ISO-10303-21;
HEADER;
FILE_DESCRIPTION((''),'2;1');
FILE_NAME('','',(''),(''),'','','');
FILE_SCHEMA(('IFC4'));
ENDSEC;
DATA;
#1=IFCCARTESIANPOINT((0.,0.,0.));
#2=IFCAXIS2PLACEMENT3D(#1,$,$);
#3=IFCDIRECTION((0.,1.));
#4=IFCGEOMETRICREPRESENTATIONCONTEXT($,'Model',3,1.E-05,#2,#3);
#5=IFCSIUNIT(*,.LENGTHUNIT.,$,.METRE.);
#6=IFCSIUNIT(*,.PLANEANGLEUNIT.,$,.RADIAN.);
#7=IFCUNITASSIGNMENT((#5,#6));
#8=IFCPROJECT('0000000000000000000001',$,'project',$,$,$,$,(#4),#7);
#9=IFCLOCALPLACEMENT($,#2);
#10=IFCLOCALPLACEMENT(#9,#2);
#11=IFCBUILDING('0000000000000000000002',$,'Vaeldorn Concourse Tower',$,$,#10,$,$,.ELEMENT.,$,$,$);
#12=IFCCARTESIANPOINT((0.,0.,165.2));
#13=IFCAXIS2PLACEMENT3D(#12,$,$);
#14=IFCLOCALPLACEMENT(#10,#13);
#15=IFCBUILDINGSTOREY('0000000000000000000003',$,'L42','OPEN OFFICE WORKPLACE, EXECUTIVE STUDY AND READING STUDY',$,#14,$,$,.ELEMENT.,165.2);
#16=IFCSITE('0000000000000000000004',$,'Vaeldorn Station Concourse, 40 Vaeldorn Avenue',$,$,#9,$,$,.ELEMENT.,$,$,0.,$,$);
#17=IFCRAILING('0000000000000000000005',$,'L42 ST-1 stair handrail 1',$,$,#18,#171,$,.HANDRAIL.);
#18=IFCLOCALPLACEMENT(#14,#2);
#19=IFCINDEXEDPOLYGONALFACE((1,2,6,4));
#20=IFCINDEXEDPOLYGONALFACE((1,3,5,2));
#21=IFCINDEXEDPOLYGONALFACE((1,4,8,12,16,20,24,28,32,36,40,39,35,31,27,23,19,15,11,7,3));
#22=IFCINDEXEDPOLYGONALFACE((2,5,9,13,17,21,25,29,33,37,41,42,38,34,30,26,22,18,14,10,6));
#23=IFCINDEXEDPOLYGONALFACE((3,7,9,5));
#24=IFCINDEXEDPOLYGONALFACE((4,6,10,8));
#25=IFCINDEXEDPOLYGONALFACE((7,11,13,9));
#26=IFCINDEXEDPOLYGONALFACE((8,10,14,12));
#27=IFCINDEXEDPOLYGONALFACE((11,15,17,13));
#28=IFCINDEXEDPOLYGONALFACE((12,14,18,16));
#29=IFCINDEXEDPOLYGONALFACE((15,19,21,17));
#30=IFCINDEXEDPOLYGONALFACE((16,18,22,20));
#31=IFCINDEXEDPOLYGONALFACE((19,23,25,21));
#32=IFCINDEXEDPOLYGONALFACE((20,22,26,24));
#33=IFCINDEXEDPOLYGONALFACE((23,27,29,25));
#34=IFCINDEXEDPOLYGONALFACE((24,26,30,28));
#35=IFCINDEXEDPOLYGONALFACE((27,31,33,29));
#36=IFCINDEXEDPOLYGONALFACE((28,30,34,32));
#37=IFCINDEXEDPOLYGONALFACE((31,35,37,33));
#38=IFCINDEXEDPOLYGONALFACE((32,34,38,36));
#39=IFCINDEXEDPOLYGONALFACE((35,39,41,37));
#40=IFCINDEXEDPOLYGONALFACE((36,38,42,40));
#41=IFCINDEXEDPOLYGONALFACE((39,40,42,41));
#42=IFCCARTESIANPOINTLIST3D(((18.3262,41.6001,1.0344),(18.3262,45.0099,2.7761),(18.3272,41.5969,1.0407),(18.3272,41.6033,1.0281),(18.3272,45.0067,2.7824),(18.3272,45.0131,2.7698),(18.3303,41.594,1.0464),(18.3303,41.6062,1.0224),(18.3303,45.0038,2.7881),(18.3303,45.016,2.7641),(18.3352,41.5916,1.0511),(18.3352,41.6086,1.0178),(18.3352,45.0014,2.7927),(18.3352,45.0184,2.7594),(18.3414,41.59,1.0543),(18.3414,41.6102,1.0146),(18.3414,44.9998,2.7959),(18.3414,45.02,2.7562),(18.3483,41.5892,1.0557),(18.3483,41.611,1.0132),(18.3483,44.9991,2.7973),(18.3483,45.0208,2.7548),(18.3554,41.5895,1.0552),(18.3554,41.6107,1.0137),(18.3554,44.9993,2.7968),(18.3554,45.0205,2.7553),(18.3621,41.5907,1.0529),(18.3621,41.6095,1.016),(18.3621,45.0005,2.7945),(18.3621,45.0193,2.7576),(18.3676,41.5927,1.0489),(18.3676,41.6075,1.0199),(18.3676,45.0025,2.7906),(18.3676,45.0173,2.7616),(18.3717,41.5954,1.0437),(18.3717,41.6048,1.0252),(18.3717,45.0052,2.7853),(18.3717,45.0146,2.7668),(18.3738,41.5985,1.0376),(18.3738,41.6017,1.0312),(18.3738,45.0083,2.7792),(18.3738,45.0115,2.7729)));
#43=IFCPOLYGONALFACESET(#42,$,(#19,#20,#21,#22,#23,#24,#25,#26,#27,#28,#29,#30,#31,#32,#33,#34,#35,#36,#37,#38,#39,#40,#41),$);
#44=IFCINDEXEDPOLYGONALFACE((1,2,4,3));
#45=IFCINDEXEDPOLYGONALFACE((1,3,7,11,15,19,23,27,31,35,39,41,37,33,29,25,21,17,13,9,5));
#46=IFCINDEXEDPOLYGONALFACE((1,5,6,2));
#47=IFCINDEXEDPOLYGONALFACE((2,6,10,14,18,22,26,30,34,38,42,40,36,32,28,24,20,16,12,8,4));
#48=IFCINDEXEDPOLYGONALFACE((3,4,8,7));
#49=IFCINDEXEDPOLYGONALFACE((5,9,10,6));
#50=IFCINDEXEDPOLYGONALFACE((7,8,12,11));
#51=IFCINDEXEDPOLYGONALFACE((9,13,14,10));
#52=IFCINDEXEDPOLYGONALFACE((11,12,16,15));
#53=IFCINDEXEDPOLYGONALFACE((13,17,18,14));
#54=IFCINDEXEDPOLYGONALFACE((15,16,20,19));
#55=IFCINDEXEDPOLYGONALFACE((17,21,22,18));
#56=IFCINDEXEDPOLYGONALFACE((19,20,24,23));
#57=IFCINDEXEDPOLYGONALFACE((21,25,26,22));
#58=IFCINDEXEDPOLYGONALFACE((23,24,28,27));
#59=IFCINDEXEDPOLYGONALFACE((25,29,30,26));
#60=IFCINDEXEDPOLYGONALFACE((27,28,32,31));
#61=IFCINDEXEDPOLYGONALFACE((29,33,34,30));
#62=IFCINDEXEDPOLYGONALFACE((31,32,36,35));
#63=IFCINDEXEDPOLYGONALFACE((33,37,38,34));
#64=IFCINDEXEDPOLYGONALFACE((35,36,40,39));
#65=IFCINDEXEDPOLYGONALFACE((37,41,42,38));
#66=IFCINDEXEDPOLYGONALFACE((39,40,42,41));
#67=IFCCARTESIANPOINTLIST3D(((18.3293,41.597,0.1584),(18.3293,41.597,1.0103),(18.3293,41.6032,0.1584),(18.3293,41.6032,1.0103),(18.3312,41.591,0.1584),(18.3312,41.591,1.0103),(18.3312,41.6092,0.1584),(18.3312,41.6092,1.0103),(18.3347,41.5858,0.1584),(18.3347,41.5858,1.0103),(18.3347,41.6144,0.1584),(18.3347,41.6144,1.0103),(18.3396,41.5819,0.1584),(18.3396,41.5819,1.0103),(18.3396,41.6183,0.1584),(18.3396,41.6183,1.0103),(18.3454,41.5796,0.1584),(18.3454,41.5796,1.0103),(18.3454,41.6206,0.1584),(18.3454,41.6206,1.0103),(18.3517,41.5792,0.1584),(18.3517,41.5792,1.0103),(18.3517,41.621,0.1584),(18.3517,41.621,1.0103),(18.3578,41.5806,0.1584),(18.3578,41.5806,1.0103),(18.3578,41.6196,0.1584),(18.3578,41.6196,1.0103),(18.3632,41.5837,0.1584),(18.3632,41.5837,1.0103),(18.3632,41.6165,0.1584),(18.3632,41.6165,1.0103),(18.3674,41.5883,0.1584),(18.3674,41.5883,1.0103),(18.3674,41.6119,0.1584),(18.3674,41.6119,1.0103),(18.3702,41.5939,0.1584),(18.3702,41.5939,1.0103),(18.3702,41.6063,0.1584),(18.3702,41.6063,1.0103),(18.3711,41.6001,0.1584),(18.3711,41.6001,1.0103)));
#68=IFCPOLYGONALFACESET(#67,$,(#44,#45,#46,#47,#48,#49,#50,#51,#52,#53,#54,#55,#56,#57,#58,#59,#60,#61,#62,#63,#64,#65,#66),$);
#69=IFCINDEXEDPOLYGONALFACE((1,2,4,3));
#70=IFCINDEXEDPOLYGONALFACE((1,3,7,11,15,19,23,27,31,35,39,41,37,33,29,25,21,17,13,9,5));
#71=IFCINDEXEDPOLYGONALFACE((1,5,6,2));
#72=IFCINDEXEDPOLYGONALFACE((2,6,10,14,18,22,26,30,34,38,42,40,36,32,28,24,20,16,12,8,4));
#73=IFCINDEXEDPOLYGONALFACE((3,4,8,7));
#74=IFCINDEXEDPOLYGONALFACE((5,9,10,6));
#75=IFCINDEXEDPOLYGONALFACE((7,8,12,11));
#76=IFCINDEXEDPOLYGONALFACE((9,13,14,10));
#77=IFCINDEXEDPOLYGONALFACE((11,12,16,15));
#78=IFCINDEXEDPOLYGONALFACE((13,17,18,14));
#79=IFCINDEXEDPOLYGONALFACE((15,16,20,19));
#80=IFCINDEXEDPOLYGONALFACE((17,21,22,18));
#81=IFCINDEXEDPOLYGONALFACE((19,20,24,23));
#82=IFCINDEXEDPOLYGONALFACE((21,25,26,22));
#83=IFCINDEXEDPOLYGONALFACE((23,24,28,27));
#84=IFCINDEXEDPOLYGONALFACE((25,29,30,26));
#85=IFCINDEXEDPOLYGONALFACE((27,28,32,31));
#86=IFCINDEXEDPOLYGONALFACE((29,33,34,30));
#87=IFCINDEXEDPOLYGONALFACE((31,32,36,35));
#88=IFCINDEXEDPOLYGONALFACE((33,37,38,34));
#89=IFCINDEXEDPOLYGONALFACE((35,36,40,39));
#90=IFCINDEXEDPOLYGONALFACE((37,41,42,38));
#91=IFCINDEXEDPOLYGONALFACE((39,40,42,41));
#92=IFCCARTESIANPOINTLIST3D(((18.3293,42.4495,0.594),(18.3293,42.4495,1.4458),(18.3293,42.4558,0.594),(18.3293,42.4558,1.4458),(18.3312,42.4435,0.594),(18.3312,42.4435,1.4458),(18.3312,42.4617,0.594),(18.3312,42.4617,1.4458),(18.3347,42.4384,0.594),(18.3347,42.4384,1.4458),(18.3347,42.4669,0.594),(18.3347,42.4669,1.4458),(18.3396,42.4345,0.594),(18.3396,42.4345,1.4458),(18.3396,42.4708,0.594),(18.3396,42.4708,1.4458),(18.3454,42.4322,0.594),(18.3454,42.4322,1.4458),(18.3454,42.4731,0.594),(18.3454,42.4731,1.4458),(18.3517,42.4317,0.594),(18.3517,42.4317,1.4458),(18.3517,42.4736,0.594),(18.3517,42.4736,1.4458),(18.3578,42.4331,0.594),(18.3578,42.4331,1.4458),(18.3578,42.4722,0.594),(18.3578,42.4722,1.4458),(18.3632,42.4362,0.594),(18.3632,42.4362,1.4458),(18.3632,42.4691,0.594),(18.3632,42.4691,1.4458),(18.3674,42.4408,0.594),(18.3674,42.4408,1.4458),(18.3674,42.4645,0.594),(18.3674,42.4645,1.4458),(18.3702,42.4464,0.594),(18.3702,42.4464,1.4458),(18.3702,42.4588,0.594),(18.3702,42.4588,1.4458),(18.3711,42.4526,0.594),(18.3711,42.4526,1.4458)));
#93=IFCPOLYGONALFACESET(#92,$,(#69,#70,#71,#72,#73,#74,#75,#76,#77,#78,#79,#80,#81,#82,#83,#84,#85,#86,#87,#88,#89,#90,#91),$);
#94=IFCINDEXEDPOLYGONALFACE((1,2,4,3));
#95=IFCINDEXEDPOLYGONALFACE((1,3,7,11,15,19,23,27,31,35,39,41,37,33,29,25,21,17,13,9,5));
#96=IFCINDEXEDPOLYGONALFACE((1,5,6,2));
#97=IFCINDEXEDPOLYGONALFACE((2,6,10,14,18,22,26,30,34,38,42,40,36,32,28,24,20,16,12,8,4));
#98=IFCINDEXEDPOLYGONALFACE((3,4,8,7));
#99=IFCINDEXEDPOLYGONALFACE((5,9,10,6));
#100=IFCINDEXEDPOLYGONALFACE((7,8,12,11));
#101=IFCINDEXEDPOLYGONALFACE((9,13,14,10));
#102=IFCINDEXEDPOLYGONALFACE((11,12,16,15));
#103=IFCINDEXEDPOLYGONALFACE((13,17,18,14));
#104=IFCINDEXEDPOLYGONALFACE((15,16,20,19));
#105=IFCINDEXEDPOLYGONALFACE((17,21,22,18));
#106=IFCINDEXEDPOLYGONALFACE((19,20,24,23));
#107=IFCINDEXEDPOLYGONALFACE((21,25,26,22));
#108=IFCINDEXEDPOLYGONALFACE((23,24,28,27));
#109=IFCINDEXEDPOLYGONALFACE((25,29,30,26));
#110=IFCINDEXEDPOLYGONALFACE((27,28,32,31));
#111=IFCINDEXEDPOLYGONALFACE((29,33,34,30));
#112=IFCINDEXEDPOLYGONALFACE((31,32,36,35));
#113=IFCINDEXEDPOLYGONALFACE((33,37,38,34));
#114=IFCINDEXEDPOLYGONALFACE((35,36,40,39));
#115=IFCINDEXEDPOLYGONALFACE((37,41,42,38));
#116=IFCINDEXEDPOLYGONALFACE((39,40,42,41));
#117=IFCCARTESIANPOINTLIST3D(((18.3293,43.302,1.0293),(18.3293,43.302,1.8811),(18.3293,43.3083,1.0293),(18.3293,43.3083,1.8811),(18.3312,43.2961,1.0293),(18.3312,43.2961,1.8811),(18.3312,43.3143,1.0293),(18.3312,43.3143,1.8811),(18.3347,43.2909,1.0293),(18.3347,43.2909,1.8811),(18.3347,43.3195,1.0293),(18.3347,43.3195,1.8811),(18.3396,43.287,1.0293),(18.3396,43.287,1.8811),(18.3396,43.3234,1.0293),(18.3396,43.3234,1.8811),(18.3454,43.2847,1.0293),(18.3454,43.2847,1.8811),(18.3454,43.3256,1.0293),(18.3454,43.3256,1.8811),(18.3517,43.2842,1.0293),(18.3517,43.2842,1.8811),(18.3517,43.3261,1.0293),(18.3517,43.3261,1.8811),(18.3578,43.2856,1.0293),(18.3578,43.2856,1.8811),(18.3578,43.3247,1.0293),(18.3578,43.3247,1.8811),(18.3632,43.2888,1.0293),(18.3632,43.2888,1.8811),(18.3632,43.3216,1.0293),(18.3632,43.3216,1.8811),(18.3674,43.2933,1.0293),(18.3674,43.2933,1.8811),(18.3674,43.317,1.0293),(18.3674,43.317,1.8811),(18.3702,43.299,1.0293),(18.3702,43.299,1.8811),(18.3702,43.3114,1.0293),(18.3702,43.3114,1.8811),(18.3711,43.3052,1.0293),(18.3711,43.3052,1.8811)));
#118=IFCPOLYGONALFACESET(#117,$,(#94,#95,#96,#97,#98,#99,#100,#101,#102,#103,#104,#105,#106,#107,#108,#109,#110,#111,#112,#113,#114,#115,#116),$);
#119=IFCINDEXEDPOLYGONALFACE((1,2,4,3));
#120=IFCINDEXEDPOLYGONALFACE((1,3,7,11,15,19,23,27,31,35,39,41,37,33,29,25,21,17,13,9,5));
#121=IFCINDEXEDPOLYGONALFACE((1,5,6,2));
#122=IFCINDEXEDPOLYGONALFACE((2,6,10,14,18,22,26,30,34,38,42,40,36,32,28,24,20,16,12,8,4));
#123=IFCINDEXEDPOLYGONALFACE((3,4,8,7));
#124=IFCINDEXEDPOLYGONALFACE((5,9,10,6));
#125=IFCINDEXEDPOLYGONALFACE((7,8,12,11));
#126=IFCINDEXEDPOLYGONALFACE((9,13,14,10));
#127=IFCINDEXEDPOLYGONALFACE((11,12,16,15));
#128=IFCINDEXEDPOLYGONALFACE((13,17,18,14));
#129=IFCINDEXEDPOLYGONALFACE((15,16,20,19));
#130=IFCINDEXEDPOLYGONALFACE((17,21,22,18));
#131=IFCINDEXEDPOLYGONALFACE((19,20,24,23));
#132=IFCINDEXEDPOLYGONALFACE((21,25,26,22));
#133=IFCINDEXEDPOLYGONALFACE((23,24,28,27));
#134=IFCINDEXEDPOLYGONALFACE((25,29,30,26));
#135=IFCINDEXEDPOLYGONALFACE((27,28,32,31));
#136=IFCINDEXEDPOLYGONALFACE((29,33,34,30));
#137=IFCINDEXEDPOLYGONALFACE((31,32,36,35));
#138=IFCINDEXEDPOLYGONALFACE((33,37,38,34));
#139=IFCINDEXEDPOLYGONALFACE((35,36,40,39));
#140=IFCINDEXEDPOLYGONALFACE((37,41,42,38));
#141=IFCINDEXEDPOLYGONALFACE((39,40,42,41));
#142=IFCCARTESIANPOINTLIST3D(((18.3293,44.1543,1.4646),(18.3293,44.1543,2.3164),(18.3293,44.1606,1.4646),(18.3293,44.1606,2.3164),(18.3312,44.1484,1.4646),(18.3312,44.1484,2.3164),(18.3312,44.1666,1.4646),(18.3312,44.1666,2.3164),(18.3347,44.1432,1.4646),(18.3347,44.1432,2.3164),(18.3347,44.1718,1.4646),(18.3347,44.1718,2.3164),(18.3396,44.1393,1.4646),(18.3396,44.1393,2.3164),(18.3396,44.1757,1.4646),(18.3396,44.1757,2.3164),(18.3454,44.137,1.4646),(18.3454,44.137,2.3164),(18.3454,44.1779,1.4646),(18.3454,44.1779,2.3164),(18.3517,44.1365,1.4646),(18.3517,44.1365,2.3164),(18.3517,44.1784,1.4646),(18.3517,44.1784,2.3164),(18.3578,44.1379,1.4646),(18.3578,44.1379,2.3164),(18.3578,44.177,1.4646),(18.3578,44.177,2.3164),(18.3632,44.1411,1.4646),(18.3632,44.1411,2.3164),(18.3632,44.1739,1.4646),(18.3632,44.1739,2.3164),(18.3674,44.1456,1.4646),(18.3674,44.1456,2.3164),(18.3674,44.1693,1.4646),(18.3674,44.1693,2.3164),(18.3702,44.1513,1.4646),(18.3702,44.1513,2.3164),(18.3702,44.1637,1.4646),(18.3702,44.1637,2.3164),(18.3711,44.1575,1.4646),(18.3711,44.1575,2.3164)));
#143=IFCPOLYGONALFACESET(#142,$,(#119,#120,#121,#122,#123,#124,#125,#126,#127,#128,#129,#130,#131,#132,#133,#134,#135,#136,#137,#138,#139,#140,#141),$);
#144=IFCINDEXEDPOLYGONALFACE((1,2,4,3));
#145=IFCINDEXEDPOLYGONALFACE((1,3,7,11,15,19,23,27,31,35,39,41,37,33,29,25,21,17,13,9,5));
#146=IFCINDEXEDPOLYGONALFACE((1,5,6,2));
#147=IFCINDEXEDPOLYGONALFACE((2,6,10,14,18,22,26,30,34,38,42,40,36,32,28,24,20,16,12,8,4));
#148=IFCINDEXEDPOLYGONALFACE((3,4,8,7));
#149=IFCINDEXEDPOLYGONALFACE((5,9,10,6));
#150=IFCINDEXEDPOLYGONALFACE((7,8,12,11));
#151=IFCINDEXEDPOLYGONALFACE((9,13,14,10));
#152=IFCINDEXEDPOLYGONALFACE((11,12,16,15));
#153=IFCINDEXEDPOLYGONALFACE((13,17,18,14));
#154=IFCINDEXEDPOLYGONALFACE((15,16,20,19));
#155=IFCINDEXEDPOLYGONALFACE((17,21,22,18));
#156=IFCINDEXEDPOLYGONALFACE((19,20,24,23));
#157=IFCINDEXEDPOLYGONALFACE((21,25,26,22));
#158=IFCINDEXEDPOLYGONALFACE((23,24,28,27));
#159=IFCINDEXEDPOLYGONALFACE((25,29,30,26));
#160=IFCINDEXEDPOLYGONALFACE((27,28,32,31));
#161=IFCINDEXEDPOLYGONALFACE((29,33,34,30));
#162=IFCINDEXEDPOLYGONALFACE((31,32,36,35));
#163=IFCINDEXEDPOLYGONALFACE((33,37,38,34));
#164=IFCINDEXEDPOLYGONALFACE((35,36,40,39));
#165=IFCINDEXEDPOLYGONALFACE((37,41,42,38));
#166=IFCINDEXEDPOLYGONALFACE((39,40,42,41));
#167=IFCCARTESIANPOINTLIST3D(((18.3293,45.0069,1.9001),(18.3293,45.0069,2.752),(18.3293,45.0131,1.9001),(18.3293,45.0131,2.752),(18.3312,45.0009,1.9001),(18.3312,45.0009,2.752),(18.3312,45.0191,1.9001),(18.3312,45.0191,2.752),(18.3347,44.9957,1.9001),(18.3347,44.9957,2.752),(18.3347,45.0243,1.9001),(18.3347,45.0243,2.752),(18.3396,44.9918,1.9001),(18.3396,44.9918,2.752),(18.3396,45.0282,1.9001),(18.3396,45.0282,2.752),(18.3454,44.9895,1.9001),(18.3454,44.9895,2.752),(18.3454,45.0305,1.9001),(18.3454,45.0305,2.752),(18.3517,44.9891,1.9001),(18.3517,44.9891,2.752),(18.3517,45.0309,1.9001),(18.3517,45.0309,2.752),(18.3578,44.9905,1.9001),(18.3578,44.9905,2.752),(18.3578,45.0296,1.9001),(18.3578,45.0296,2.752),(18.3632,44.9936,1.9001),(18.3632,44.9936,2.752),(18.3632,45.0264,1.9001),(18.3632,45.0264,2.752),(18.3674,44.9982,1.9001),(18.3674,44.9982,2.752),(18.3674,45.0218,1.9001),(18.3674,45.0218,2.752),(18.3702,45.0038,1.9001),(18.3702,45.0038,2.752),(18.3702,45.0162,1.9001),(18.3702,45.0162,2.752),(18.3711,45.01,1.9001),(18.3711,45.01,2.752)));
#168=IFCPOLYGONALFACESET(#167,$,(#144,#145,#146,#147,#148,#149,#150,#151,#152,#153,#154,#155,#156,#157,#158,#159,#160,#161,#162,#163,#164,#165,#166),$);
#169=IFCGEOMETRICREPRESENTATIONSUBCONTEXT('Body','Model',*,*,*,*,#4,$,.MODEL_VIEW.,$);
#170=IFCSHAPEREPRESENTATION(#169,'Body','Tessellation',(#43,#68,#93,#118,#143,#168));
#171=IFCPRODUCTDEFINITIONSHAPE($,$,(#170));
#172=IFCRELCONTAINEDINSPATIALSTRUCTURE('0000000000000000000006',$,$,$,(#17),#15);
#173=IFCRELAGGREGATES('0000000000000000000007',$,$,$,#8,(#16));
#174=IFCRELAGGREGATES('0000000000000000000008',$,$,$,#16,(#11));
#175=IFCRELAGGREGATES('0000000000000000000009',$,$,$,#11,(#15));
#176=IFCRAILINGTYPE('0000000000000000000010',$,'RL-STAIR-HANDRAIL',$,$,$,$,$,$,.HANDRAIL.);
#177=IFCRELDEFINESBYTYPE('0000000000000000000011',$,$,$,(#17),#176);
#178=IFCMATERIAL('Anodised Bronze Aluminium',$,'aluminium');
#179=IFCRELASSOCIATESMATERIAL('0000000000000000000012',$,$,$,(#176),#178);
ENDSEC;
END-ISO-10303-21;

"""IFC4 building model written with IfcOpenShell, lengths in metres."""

from ifc_helpers import new_model, si_unit, direction, frame, origin, origin_2d, place, context, subcontext, project, spatial, circle, extrude, material, type_object, element, save


model = new_model("IFC4")

# Units and contexts
model_context = context("Model", 3, precision=1e-05, world=origin(), true_north=direction((0.0, 1.0)))
body_context = subcontext(model_context, "Body", "Model", "MODEL_VIEW")
ifc_project = project(units=[si_unit("LENGTHUNIT", "METRE"), si_unit("PLANEANGLEUNIT", "RADIAN")], contexts=[model_context])

# Site, building, storey
site_placement = place(None, origin())
site = spatial("IfcSite", under=ifc_project, at=site_placement, Name="Vaeldorn Station Concourse, 40 Vaeldorn Avenue", CompositionType="ELEMENT", RefElevation=0.0)
building_placement = place(site_placement, origin())
building = spatial("IfcBuilding", under=site, at=building_placement, Name="Vaeldorn Concourse Tower", CompositionType="ELEMENT")
storey_placement = place(building_placement, frame((0.0, 0.0, 165.2)))
storey = spatial("IfcBuildingStorey", under=building, at=storey_placement, Name="L42", Description="OPEN OFFICE WORKPLACE, EXECUTIVE STUDY AND READING STUDY", CompositionType="ELEMENT", Elevation=165.2)

# Shared definitions
ifc_material_1 = material(Name="Anodised Bronze Aluminium", Category="aluminium")

# Railing
railing_type_1 = type_object("IfcRailingType", Name="RL-STAIR-HANDRAIL", PredefinedType="HANDRAIL", material=ifc_material_1)
railing_1_placement = place(storey_placement, frame((18.3501, 41.6001, 0.1584)))
element("IfcRailing", 1, at=railing_1_placement, inside=storey, type_object=railing_type_1, Name="L42 ST-1 stair handrail 1", PredefinedType="HANDRAIL", context=body_context, shape_type="SweptSolid", body=[
    extrude(circle(Radius=0.0239, at=origin_2d()), frame((0.0, 0.0, 0.876), z_axis=(0.0, 0.890556, 0.454874), x_axis=(-1.0, 0.0, 0.0)), (0.0, 0.0, 1.0), 3.8289),
    extrude(circle(Radius=0.021, at=origin_2d()), origin(), (0.0, 0.0, 1.0), 0.8518),
    extrude(circle(Radius=0.021, at=origin_2d()), frame((0.0, 0.8525, 0.4355)), (0.0, 0.0, 1.0), 0.8518),
    extrude(circle(Radius=0.021, at=origin_2d()), frame((0.0, 1.7051, 0.8708)), (0.0, 0.0, 1.0), 0.8518),
    extrude(circle(Radius=0.021, at=origin_2d()), frame((0.0, 2.5574, 1.3062)), (0.0, 0.0, 1.0), 0.8518),
    extrude(circle(Radius=0.021, at=origin_2d()), frame((0.0, 3.4099, 1.7417)), (0.0, 0.0, 1.0), 0.8518),
])

save(model, "model.ifc")
